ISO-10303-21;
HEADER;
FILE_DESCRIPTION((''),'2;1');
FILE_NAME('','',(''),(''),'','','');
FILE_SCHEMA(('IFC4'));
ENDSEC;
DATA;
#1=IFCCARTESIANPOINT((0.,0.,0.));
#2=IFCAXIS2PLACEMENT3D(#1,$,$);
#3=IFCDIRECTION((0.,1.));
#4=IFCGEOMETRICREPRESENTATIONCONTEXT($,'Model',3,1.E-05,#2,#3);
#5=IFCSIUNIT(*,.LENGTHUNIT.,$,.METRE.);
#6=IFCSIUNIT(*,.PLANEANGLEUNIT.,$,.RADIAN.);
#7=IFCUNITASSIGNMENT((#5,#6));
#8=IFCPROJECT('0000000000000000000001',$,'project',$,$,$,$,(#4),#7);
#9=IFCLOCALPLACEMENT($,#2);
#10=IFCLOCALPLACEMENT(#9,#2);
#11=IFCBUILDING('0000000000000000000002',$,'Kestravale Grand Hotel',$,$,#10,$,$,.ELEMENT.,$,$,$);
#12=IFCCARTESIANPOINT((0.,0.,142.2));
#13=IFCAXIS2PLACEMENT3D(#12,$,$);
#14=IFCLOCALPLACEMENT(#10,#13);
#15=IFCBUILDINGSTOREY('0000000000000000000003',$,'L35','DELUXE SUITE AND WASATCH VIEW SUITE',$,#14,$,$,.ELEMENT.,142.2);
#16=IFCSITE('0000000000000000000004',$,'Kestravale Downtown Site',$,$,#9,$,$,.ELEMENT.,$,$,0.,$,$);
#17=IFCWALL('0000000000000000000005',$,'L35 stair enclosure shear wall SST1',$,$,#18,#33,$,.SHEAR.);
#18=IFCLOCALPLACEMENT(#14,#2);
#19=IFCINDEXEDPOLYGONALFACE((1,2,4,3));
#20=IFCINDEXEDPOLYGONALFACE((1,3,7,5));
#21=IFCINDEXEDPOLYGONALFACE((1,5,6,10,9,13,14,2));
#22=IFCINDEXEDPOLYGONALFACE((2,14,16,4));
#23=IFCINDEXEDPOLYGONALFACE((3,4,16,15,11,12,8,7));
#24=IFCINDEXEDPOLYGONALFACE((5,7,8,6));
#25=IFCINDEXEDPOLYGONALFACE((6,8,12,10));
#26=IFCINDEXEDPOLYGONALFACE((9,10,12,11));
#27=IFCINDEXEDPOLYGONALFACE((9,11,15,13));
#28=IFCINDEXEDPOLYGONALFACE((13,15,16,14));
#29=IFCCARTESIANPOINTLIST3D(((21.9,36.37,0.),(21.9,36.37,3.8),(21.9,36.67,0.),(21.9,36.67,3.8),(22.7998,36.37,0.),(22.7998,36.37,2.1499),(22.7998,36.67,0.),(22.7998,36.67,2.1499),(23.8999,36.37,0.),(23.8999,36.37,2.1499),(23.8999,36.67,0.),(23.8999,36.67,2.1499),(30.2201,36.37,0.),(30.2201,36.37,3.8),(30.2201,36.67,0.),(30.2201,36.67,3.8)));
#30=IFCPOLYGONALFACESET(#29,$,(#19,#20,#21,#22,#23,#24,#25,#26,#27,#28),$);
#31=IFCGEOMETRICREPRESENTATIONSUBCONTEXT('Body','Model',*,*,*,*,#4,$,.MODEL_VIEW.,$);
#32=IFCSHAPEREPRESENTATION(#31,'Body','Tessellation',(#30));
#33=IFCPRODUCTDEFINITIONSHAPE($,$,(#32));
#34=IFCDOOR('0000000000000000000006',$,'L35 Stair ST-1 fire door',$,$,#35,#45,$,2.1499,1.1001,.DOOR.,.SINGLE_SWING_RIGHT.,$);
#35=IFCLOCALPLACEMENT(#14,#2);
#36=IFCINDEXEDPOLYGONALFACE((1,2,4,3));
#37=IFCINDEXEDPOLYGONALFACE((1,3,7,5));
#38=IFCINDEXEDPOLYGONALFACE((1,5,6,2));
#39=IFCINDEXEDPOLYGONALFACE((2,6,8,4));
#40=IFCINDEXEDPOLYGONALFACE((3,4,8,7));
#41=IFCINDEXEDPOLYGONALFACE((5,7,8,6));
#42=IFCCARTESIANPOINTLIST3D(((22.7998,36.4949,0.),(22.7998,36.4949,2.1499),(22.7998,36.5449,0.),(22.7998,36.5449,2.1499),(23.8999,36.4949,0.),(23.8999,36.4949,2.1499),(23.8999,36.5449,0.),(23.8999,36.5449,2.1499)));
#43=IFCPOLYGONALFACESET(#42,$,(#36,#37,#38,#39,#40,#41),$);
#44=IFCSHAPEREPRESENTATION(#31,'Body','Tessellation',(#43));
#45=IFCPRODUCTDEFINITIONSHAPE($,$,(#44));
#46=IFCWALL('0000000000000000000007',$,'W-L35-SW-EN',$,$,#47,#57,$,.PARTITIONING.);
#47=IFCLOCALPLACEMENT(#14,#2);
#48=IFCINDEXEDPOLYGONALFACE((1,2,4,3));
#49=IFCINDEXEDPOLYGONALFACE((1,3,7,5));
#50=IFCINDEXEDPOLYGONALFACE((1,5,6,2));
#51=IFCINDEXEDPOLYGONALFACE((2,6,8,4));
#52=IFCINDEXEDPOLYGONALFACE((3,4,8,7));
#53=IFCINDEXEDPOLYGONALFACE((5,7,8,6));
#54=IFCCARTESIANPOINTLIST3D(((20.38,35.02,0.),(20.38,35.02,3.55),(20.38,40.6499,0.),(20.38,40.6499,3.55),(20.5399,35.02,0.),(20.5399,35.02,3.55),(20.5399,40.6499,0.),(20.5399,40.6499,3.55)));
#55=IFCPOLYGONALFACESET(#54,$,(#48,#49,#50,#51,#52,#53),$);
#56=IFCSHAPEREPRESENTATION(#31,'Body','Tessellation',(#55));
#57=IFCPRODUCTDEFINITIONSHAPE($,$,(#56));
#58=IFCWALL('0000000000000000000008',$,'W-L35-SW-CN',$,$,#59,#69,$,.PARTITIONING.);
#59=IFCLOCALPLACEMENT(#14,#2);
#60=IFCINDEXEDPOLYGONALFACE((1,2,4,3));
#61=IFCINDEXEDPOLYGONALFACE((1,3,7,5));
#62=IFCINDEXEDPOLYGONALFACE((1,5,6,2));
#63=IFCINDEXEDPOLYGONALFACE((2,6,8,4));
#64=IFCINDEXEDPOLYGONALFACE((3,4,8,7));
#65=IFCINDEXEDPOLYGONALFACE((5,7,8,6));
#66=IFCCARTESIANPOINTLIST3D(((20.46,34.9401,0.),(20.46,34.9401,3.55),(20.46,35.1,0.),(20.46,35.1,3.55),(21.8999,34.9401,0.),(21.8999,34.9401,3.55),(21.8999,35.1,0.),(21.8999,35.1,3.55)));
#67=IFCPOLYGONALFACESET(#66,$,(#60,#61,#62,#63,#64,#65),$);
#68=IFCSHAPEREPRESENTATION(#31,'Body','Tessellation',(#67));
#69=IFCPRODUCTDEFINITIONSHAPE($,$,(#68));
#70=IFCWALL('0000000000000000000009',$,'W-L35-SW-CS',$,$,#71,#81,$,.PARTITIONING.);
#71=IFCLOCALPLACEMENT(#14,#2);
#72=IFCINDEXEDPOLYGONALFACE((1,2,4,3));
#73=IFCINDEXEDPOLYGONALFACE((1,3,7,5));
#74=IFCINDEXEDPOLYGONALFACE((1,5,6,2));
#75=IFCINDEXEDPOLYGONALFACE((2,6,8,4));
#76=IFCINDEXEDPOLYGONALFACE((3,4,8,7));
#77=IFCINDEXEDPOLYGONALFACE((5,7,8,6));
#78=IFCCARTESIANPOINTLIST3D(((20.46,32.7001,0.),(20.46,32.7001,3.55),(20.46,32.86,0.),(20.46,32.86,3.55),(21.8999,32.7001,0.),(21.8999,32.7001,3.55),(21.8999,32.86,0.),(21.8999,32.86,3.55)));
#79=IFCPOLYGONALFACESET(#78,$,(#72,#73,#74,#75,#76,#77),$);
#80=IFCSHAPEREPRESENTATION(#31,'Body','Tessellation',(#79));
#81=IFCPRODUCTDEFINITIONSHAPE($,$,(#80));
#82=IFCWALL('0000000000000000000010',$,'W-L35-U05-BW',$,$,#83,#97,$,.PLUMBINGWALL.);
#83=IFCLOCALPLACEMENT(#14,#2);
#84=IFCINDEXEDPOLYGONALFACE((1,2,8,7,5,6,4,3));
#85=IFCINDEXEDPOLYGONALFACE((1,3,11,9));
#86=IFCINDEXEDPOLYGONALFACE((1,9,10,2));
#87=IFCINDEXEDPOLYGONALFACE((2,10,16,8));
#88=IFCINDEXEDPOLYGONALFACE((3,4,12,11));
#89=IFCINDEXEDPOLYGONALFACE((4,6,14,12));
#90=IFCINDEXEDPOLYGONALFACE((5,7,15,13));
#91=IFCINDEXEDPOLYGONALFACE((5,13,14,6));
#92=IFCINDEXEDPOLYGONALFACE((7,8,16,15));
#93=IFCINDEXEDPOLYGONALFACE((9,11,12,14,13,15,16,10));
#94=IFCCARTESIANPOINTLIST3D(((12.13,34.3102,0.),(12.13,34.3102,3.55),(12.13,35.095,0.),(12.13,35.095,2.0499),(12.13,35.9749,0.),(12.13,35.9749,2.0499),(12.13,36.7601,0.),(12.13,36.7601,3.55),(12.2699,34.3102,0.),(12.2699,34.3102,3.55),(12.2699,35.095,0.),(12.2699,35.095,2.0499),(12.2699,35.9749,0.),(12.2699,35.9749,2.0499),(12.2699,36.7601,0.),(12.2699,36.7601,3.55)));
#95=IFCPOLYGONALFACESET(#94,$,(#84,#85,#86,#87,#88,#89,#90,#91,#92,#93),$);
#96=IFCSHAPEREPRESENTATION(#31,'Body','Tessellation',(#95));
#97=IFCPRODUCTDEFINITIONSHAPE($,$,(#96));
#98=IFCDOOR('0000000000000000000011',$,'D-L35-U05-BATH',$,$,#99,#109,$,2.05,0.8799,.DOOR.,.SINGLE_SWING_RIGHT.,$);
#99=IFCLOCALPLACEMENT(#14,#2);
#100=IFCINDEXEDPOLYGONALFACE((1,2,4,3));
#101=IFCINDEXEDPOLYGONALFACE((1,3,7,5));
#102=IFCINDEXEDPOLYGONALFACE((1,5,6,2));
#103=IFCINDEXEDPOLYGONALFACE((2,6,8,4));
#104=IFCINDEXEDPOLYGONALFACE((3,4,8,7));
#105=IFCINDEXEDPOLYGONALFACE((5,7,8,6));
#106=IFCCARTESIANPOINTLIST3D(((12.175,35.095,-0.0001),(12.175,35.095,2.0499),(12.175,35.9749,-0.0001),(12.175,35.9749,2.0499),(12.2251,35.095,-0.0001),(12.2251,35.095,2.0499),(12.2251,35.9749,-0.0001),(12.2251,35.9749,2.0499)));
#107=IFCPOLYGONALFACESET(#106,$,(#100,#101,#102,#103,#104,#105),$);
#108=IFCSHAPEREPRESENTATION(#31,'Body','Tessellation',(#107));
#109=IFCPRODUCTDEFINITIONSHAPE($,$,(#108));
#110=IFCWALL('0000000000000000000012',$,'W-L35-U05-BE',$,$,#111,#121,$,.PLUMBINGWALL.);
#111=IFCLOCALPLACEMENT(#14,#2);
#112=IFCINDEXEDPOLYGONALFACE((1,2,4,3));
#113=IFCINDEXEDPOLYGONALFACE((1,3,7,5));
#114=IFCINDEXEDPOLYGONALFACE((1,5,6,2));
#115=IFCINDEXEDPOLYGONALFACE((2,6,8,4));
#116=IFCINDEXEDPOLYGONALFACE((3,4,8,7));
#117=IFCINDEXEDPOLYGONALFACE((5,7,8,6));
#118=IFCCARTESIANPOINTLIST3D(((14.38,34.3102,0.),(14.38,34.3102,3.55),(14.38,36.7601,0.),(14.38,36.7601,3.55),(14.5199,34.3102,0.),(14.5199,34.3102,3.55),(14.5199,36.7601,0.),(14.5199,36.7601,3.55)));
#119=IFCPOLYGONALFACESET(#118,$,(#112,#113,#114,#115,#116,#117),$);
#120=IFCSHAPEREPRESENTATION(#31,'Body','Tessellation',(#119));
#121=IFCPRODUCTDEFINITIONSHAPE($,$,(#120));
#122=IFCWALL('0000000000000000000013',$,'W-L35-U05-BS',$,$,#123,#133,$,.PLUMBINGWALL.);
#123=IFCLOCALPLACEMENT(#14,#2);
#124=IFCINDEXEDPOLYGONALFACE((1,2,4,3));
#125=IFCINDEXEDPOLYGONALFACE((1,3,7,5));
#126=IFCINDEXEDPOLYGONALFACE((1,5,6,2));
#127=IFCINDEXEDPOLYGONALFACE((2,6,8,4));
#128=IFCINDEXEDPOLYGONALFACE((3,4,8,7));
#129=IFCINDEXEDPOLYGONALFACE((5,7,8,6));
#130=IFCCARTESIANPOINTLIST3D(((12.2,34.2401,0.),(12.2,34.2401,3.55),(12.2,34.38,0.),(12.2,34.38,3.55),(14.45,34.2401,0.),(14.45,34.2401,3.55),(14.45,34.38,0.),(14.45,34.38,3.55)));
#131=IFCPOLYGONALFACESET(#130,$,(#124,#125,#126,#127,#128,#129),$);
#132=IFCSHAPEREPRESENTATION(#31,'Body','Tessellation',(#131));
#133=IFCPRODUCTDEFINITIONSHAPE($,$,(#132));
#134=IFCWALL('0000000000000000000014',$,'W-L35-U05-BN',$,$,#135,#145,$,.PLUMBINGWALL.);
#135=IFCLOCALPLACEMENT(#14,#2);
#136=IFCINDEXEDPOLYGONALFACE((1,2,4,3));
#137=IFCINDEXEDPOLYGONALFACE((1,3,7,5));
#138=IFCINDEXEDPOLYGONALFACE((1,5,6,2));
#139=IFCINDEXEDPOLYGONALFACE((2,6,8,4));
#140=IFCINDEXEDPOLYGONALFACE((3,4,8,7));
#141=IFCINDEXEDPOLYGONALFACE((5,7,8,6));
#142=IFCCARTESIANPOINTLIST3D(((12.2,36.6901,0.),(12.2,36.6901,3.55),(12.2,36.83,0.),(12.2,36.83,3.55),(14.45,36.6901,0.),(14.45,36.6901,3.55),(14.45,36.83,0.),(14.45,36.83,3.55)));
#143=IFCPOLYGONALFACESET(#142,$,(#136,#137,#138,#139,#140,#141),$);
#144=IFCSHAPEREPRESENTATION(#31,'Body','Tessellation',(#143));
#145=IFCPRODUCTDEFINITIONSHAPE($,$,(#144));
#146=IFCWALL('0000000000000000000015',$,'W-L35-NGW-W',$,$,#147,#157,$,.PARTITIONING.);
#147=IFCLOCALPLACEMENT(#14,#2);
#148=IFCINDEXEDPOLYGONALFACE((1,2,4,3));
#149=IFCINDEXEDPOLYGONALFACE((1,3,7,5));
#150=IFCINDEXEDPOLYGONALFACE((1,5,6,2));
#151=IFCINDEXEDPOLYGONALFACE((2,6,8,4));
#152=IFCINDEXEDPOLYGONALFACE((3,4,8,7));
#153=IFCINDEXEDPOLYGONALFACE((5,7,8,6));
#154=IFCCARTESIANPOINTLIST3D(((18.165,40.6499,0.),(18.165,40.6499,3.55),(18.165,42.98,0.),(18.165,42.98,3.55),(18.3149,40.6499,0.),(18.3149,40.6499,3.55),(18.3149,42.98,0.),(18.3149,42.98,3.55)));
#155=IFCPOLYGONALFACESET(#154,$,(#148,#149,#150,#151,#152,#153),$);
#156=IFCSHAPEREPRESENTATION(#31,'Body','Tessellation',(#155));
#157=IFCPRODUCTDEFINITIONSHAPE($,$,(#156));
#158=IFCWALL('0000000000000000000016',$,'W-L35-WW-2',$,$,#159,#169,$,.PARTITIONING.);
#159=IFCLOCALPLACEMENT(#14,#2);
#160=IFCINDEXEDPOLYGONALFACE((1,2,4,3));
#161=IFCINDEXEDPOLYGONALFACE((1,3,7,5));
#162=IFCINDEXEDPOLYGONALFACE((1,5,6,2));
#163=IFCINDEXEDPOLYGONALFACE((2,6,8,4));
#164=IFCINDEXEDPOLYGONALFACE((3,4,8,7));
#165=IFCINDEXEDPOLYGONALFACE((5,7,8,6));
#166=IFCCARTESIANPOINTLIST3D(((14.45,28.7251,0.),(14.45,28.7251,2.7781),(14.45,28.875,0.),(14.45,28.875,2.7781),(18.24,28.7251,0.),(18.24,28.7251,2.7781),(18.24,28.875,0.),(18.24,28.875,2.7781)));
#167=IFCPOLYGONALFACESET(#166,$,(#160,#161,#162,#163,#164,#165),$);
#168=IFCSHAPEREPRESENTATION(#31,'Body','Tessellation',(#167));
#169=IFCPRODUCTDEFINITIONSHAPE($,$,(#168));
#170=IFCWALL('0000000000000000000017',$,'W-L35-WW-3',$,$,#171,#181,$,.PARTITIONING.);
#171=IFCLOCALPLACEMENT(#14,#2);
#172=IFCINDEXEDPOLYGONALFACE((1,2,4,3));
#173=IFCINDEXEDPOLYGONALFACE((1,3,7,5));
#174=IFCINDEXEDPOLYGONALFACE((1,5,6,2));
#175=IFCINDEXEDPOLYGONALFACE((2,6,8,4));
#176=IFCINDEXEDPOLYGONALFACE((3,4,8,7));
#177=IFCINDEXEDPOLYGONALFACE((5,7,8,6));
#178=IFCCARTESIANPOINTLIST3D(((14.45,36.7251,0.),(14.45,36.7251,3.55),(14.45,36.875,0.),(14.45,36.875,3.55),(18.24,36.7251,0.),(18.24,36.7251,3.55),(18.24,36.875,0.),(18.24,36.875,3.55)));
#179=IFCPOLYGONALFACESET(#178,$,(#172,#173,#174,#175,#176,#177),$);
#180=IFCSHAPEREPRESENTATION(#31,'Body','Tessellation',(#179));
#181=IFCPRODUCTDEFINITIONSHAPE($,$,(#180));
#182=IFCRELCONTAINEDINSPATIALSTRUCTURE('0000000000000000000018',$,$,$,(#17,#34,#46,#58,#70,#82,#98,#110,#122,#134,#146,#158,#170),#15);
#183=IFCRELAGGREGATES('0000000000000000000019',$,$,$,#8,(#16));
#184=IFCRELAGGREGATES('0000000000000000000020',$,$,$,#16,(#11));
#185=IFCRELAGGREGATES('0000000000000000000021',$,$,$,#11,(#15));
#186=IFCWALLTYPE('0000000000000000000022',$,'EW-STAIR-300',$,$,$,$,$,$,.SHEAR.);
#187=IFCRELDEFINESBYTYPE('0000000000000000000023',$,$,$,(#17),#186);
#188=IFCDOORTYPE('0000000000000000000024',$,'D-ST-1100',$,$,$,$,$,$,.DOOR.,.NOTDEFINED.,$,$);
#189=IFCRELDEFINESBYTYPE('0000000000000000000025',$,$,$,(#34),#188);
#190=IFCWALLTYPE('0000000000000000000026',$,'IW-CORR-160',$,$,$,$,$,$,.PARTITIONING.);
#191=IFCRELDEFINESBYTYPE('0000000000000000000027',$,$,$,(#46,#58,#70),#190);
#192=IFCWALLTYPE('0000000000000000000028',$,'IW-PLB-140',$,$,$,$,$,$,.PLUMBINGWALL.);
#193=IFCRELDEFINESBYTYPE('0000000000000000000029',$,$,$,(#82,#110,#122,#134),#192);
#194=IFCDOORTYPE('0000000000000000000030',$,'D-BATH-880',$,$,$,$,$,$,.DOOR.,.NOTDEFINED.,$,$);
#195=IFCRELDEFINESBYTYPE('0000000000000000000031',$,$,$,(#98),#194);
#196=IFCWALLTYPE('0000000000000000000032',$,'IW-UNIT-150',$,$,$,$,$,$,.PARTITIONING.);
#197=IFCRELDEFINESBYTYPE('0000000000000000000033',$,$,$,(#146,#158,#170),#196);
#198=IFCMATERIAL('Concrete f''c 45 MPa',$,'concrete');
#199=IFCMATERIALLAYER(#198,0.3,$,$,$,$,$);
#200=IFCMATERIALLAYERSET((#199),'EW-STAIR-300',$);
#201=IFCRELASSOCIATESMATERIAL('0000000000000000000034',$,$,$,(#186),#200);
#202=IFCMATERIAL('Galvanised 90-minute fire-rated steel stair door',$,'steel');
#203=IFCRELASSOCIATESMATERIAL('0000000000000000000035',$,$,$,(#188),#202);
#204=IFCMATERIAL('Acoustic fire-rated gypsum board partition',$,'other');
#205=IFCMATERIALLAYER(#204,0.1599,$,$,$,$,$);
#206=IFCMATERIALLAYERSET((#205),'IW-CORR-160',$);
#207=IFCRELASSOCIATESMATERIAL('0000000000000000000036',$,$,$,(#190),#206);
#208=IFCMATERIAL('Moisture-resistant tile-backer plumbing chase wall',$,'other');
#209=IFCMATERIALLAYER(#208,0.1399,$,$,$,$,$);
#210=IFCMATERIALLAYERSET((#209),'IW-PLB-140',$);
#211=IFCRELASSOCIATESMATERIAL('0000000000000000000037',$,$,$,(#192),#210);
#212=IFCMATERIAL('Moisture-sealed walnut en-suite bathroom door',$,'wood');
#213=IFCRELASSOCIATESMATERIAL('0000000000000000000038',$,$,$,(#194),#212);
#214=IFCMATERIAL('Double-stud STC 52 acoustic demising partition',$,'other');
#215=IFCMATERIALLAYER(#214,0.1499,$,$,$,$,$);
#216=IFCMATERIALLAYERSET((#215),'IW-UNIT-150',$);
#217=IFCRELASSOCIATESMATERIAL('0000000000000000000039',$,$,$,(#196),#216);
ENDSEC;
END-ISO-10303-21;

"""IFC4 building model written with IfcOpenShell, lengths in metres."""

from ifc_helpers import new_model, si_unit, direction, frame, frame_2d, origin, place, context, subcontext, project, spatial, rectangle, extrude, material, layer, layer_set, type_object, element, fill, save


model = new_model("IFC4")

# Units and contexts
model_context = context("Model", 3, precision=1e-05, world=origin(), true_north=direction((0.0, 1.0)))
body_context = subcontext(model_context, "Body", "Model", "MODEL_VIEW")
ifc_project = project(units=[si_unit("LENGTHUNIT", "METRE"), si_unit("PLANEANGLEUNIT", "RADIAN")], contexts=[model_context])

# Site, building, storey
site_placement = place(None, origin())
site = spatial("IfcSite", under=ifc_project, at=site_placement, Name="Kestravale Downtown Site", CompositionType="ELEMENT", RefElevation=0.0)
building_placement = place(site_placement, origin())
building = spatial("IfcBuilding", under=site, at=building_placement, Name="Kestravale Grand Hotel", CompositionType="ELEMENT")
storey_placement = place(building_placement, frame((0.0, 0.0, 142.2)))
storey = spatial("IfcBuildingStorey", under=building, at=storey_placement, Name="L35", Description="DELUXE SUITE AND WASATCH VIEW SUITE", CompositionType="ELEMENT", Elevation=142.2)

# Wall, opening, door
ifc_material_1 = material(Name="Concrete f'c 45 MPa", Category="concrete")
ifc_layer_1 = layer(ifc_material_1, 0.3)
ifc_layer_set_1 = layer_set([ifc_layer_1], Name="EW-STAIR-300")
wall_type_1 = type_object("IfcWallType", Name="EW-STAIR-300", PredefinedType="SHEAR", material=ifc_layer_set_1)
wall_1_placement = place(storey_placement, frame((21.8999, 36.52, 0.0), z_axis=(0.0, 0.0, 1.0), x_axis=(1.0, 0.0, 0.0)))
wall_1 = element("IfcWall", 1, at=wall_1_placement, inside=storey, type_object=wall_type_1, Name="L35 stair enclosure shear wall SST1", PredefinedType="SHEAR", context=body_context, shape_type="SweptSolid", body=[
    extrude(rectangle(XDim=8.3201, YDim=0.3, at=frame_2d((4.1602, 0.0))), origin(), (0.0, 0.0, 1.0), 3.8),
])
opening_1_placement = place(wall_1_placement, frame((0.8999, 0.0, 0.0)))
opening_1 = element("IfcOpeningElement", 2, at=opening_1_placement, cuts=wall_1, PredefinedType="OPENING", context=body_context, shape_type="SweptSolid", body=[
    extrude(rectangle(XDim=1.1001, YDim=2.1499, at=frame_2d((0.55, 1.075))), frame((0.0, 0.1599, 0.0), z_axis=(0.0, -1.0, 0.0), x_axis=(1.0, 0.0, 0.0)), (0.0, 0.0, 1.0), 0.3201),
])
ifc_material_2 = material(Name="Galvanised 90-minute fire-rated steel stair door", Category="steel")
door_type_1 = type_object("IfcDoorType", Name="D-ST-1100", OperationType="NOTDEFINED", PredefinedType="DOOR", material=ifc_material_2)
door_1_placement = place(opening_1_placement, origin())
door_1 = element("IfcDoor", 3, at=door_1_placement, inside=storey, type_object=door_type_1, Name="L35 Stair ST-1 fire door", OperationType="SINGLE_SWING_RIGHT", OverallHeight=2.1499, OverallWidth=1.1001, PredefinedType="DOOR", context=body_context, shape_type="SweptSolid", body=[
    extrude(rectangle(XDim=1.1001, YDim=2.1499, at=frame_2d((0.55, 1.075))), frame((0.0, 0.0249, 0.0), z_axis=(0.0, -1.0, 0.0), x_axis=(1.0, 0.0, 0.0)), (0.0, 0.0, 1.0), 0.05),
])
fill(opening_1, door_1)

# Walls
ifc_material_3 = material(Name="Acoustic fire-rated gypsum board partition", Category="other")
ifc_layer_2 = layer(ifc_material_3, 0.1599)
ifc_layer_set_2 = layer_set([ifc_layer_2], Name="IW-CORR-160")
wall_type_2 = type_object("IfcWallType", Name="IW-CORR-160", PredefinedType="PARTITIONING", material=ifc_layer_set_2)
wall_2_placement = place(storey_placement, frame((20.46, 35.02, 0.0), z_axis=(0.0, 0.0, 1.0), x_axis=(0.0, 1.0, 0.0)))
element("IfcWall", 4, at=wall_2_placement, inside=storey, type_object=wall_type_2, Name="W-L35-SW-EN", PredefinedType="PARTITIONING", context=body_context, shape_type="SweptSolid", body=[
    extrude(rectangle(XDim=5.6299, YDim=0.1599, at=frame_2d((2.8149, 0.0))), origin(), (0.0, 0.0, 1.0), 3.55),
])
for number, where, z_axis, x_axis, name in (
    (5, (20.46, 35.02, 0.0), (0.0, 0.0, 1.0), (1.0, 0.0, 0.0), "W-L35-SW-CN"),
    (6, (20.46, 32.78, 0.0), (0.0, 0.0, 1.0), (1.0, 0.0, 0.0), "W-L35-SW-CS"),
):
    element("IfcWall", number, at=place(storey_placement, frame(where, z_axis=z_axis, x_axis=x_axis)), inside=storey, type_object=wall_type_2, Name=name, PredefinedType="PARTITIONING", context=body_context, shape_type="SweptSolid", body=[
        extrude(rectangle(XDim=1.4399, YDim=0.1599, at=frame_2d((0.72, 0.0))), origin(), (0.0, 0.0, 1.0), 3.55),
    ])

# Wall, opening, door
ifc_material_4 = material(Name="Moisture-resistant tile-backer plumbing chase wall", Category="other")
ifc_layer_3 = layer(ifc_material_4, 0.1399)
ifc_layer_set_3 = layer_set([ifc_layer_3], Name="IW-PLB-140")
wall_type_3 = type_object("IfcWallType", Name="IW-PLB-140", PredefinedType="PLUMBINGWALL", material=ifc_layer_set_3)
wall_3_placement = place(storey_placement, frame((12.2, 34.3101, 0.0), z_axis=(0.0, 0.0, 1.0), x_axis=(0.0, 1.0, 0.0)))
wall_3 = element("IfcWall", 7, at=wall_3_placement, inside=storey, type_object=wall_type_3, Name="W-L35-U05-BW", PredefinedType="PLUMBINGWALL", context=body_context, shape_type="SweptSolid", body=[
    extrude(rectangle(XDim=2.45, YDim=0.1399, at=frame_2d((1.2251, 0.0))), origin(), (0.0, 0.0, 1.0), 3.55),
])
opening_2_placement = place(wall_3_placement, frame((0.7849, 0.0, 0.0)))
opening_2 = element("IfcOpeningElement", 8, at=opening_2_placement, cuts=wall_3, PredefinedType="OPENING", context=body_context, shape_type="SweptSolid", body=[
    extrude(rectangle(XDim=0.8799, YDim=2.05, at=frame_2d((0.4399, 1.0249))), frame((0.0, 0.0798, 0.0), z_axis=(0.0, -1.0, 0.0), x_axis=(1.0, 0.0, 0.0)), (0.0, 0.0, 1.0), 0.1599),
])
ifc_material_5 = material(Name="Moisture-sealed walnut en-suite bathroom door", Category="wood")
door_type_2 = type_object("IfcDoorType", Name="D-BATH-880", OperationType="NOTDEFINED", PredefinedType="DOOR", material=ifc_material_5)
door_2_placement = place(opening_2_placement, origin())
door_2 = element("IfcDoor", 9, at=door_2_placement, inside=storey, type_object=door_type_2, Name="D-L35-U05-BATH", OperationType="SINGLE_SWING_RIGHT", OverallHeight=2.05, OverallWidth=0.8799, PredefinedType="DOOR", context=body_context, shape_type="SweptSolid", body=[
    extrude(rectangle(XDim=0.8799, YDim=2.05, at=frame_2d((0.4399, 1.0249))), frame((0.0, 0.0249, 0.0), z_axis=(0.0, -1.0, 0.0), x_axis=(1.0, 0.0, 0.0)), (0.0, 0.0, 1.0), 0.05),
])
fill(opening_2, door_2)

# Walls
wall_4_placement = place(storey_placement, frame((14.45, 34.3101, 0.0), z_axis=(0.0, 0.0, 1.0), x_axis=(0.0, 1.0, 0.0)))
element("IfcWall", 10, at=wall_4_placement, inside=storey, type_object=wall_type_3, Name="W-L35-U05-BE", PredefinedType="PLUMBINGWALL", context=body_context, shape_type="SweptSolid", body=[
    extrude(rectangle(XDim=2.45, YDim=0.1399, at=frame_2d((1.2251, 0.0))), origin(), (0.0, 0.0, 1.0), 3.55),
])
for number, where, z_axis, x_axis, name in (
    (11, (12.2, 34.3101, 0.0), (0.0, 0.0, 1.0), (1.0, 0.0, 0.0), "W-L35-U05-BS"),
    (12, (12.2, 36.76, 0.0), (0.0, 0.0, 1.0), (1.0, 0.0, 0.0), "W-L35-U05-BN"),
):
    element("IfcWall", number, at=place(storey_placement, frame(where, z_axis=z_axis, x_axis=x_axis)), inside=storey, type_object=wall_type_3, Name=name, PredefinedType="PLUMBINGWALL", context=body_context, shape_type="SweptSolid", body=[
        extrude(rectangle(XDim=2.25, YDim=0.1399, at=frame_2d((1.125, 0.0))), origin(), (0.0, 0.0, 1.0), 3.55),
    ])

# Shared definitions
ifc_material_6 = material(Name="Double-stud STC 52 acoustic demising partition", Category="other")
ifc_layer_4 = layer(ifc_material_6, 0.1499)
ifc_layer_set_4 = layer_set([ifc_layer_4], Name="IW-UNIT-150")
wall_type_4 = type_object("IfcWallType", Name="IW-UNIT-150", PredefinedType="PARTITIONING", material=ifc_layer_set_4)

# Walls
wall_5_placement = place(storey_placement, frame((18.24, 40.6499, 0.0), z_axis=(0.0, 0.0, 1.0), x_axis=(0.0, 1.0, 0.0)))
element("IfcWall", 13, at=wall_5_placement, inside=storey, type_object=wall_type_4, Name="W-L35-NGW-W", PredefinedType="PARTITIONING", context=body_context, shape_type="SweptSolid", body=[
    extrude(rectangle(XDim=2.3301, YDim=0.1499, at=frame_2d((1.165, 0.0))), origin(), (0.0, 0.0, 1.0), 3.55),
])
wall_6_placement = place(storey_placement, frame((14.45, 28.8, 0.0), z_axis=(0.0, 0.0, 1.0), x_axis=(1.0, 0.0, 0.0)))
element("IfcWall", 14, at=wall_6_placement, inside=storey, type_object=wall_type_4, Name="W-L35-WW-2", PredefinedType="PARTITIONING", context=body_context, shape_type="SweptSolid", body=[
    extrude(rectangle(XDim=3.79, YDim=0.1499, at=frame_2d((1.895, 0.0))), origin(), (0.0, 0.0, 1.0), 2.7781),
])
wall_7_placement = place(storey_placement, frame((14.45, 36.8, 0.0), z_axis=(0.0, 0.0, 1.0), x_axis=(1.0, 0.0, 0.0)))
element("IfcWall", 15, at=wall_7_placement, inside=storey, type_object=wall_type_4, Name="W-L35-WW-3", PredefinedType="PARTITIONING", context=body_context, shape_type="SweptSolid", body=[
    extrude(rectangle(XDim=3.79, YDim=0.1499, at=frame_2d((1.895, 0.0))), origin(), (0.0, 0.0, 1.0), 3.55),
])

save(model, "model.ifc")
